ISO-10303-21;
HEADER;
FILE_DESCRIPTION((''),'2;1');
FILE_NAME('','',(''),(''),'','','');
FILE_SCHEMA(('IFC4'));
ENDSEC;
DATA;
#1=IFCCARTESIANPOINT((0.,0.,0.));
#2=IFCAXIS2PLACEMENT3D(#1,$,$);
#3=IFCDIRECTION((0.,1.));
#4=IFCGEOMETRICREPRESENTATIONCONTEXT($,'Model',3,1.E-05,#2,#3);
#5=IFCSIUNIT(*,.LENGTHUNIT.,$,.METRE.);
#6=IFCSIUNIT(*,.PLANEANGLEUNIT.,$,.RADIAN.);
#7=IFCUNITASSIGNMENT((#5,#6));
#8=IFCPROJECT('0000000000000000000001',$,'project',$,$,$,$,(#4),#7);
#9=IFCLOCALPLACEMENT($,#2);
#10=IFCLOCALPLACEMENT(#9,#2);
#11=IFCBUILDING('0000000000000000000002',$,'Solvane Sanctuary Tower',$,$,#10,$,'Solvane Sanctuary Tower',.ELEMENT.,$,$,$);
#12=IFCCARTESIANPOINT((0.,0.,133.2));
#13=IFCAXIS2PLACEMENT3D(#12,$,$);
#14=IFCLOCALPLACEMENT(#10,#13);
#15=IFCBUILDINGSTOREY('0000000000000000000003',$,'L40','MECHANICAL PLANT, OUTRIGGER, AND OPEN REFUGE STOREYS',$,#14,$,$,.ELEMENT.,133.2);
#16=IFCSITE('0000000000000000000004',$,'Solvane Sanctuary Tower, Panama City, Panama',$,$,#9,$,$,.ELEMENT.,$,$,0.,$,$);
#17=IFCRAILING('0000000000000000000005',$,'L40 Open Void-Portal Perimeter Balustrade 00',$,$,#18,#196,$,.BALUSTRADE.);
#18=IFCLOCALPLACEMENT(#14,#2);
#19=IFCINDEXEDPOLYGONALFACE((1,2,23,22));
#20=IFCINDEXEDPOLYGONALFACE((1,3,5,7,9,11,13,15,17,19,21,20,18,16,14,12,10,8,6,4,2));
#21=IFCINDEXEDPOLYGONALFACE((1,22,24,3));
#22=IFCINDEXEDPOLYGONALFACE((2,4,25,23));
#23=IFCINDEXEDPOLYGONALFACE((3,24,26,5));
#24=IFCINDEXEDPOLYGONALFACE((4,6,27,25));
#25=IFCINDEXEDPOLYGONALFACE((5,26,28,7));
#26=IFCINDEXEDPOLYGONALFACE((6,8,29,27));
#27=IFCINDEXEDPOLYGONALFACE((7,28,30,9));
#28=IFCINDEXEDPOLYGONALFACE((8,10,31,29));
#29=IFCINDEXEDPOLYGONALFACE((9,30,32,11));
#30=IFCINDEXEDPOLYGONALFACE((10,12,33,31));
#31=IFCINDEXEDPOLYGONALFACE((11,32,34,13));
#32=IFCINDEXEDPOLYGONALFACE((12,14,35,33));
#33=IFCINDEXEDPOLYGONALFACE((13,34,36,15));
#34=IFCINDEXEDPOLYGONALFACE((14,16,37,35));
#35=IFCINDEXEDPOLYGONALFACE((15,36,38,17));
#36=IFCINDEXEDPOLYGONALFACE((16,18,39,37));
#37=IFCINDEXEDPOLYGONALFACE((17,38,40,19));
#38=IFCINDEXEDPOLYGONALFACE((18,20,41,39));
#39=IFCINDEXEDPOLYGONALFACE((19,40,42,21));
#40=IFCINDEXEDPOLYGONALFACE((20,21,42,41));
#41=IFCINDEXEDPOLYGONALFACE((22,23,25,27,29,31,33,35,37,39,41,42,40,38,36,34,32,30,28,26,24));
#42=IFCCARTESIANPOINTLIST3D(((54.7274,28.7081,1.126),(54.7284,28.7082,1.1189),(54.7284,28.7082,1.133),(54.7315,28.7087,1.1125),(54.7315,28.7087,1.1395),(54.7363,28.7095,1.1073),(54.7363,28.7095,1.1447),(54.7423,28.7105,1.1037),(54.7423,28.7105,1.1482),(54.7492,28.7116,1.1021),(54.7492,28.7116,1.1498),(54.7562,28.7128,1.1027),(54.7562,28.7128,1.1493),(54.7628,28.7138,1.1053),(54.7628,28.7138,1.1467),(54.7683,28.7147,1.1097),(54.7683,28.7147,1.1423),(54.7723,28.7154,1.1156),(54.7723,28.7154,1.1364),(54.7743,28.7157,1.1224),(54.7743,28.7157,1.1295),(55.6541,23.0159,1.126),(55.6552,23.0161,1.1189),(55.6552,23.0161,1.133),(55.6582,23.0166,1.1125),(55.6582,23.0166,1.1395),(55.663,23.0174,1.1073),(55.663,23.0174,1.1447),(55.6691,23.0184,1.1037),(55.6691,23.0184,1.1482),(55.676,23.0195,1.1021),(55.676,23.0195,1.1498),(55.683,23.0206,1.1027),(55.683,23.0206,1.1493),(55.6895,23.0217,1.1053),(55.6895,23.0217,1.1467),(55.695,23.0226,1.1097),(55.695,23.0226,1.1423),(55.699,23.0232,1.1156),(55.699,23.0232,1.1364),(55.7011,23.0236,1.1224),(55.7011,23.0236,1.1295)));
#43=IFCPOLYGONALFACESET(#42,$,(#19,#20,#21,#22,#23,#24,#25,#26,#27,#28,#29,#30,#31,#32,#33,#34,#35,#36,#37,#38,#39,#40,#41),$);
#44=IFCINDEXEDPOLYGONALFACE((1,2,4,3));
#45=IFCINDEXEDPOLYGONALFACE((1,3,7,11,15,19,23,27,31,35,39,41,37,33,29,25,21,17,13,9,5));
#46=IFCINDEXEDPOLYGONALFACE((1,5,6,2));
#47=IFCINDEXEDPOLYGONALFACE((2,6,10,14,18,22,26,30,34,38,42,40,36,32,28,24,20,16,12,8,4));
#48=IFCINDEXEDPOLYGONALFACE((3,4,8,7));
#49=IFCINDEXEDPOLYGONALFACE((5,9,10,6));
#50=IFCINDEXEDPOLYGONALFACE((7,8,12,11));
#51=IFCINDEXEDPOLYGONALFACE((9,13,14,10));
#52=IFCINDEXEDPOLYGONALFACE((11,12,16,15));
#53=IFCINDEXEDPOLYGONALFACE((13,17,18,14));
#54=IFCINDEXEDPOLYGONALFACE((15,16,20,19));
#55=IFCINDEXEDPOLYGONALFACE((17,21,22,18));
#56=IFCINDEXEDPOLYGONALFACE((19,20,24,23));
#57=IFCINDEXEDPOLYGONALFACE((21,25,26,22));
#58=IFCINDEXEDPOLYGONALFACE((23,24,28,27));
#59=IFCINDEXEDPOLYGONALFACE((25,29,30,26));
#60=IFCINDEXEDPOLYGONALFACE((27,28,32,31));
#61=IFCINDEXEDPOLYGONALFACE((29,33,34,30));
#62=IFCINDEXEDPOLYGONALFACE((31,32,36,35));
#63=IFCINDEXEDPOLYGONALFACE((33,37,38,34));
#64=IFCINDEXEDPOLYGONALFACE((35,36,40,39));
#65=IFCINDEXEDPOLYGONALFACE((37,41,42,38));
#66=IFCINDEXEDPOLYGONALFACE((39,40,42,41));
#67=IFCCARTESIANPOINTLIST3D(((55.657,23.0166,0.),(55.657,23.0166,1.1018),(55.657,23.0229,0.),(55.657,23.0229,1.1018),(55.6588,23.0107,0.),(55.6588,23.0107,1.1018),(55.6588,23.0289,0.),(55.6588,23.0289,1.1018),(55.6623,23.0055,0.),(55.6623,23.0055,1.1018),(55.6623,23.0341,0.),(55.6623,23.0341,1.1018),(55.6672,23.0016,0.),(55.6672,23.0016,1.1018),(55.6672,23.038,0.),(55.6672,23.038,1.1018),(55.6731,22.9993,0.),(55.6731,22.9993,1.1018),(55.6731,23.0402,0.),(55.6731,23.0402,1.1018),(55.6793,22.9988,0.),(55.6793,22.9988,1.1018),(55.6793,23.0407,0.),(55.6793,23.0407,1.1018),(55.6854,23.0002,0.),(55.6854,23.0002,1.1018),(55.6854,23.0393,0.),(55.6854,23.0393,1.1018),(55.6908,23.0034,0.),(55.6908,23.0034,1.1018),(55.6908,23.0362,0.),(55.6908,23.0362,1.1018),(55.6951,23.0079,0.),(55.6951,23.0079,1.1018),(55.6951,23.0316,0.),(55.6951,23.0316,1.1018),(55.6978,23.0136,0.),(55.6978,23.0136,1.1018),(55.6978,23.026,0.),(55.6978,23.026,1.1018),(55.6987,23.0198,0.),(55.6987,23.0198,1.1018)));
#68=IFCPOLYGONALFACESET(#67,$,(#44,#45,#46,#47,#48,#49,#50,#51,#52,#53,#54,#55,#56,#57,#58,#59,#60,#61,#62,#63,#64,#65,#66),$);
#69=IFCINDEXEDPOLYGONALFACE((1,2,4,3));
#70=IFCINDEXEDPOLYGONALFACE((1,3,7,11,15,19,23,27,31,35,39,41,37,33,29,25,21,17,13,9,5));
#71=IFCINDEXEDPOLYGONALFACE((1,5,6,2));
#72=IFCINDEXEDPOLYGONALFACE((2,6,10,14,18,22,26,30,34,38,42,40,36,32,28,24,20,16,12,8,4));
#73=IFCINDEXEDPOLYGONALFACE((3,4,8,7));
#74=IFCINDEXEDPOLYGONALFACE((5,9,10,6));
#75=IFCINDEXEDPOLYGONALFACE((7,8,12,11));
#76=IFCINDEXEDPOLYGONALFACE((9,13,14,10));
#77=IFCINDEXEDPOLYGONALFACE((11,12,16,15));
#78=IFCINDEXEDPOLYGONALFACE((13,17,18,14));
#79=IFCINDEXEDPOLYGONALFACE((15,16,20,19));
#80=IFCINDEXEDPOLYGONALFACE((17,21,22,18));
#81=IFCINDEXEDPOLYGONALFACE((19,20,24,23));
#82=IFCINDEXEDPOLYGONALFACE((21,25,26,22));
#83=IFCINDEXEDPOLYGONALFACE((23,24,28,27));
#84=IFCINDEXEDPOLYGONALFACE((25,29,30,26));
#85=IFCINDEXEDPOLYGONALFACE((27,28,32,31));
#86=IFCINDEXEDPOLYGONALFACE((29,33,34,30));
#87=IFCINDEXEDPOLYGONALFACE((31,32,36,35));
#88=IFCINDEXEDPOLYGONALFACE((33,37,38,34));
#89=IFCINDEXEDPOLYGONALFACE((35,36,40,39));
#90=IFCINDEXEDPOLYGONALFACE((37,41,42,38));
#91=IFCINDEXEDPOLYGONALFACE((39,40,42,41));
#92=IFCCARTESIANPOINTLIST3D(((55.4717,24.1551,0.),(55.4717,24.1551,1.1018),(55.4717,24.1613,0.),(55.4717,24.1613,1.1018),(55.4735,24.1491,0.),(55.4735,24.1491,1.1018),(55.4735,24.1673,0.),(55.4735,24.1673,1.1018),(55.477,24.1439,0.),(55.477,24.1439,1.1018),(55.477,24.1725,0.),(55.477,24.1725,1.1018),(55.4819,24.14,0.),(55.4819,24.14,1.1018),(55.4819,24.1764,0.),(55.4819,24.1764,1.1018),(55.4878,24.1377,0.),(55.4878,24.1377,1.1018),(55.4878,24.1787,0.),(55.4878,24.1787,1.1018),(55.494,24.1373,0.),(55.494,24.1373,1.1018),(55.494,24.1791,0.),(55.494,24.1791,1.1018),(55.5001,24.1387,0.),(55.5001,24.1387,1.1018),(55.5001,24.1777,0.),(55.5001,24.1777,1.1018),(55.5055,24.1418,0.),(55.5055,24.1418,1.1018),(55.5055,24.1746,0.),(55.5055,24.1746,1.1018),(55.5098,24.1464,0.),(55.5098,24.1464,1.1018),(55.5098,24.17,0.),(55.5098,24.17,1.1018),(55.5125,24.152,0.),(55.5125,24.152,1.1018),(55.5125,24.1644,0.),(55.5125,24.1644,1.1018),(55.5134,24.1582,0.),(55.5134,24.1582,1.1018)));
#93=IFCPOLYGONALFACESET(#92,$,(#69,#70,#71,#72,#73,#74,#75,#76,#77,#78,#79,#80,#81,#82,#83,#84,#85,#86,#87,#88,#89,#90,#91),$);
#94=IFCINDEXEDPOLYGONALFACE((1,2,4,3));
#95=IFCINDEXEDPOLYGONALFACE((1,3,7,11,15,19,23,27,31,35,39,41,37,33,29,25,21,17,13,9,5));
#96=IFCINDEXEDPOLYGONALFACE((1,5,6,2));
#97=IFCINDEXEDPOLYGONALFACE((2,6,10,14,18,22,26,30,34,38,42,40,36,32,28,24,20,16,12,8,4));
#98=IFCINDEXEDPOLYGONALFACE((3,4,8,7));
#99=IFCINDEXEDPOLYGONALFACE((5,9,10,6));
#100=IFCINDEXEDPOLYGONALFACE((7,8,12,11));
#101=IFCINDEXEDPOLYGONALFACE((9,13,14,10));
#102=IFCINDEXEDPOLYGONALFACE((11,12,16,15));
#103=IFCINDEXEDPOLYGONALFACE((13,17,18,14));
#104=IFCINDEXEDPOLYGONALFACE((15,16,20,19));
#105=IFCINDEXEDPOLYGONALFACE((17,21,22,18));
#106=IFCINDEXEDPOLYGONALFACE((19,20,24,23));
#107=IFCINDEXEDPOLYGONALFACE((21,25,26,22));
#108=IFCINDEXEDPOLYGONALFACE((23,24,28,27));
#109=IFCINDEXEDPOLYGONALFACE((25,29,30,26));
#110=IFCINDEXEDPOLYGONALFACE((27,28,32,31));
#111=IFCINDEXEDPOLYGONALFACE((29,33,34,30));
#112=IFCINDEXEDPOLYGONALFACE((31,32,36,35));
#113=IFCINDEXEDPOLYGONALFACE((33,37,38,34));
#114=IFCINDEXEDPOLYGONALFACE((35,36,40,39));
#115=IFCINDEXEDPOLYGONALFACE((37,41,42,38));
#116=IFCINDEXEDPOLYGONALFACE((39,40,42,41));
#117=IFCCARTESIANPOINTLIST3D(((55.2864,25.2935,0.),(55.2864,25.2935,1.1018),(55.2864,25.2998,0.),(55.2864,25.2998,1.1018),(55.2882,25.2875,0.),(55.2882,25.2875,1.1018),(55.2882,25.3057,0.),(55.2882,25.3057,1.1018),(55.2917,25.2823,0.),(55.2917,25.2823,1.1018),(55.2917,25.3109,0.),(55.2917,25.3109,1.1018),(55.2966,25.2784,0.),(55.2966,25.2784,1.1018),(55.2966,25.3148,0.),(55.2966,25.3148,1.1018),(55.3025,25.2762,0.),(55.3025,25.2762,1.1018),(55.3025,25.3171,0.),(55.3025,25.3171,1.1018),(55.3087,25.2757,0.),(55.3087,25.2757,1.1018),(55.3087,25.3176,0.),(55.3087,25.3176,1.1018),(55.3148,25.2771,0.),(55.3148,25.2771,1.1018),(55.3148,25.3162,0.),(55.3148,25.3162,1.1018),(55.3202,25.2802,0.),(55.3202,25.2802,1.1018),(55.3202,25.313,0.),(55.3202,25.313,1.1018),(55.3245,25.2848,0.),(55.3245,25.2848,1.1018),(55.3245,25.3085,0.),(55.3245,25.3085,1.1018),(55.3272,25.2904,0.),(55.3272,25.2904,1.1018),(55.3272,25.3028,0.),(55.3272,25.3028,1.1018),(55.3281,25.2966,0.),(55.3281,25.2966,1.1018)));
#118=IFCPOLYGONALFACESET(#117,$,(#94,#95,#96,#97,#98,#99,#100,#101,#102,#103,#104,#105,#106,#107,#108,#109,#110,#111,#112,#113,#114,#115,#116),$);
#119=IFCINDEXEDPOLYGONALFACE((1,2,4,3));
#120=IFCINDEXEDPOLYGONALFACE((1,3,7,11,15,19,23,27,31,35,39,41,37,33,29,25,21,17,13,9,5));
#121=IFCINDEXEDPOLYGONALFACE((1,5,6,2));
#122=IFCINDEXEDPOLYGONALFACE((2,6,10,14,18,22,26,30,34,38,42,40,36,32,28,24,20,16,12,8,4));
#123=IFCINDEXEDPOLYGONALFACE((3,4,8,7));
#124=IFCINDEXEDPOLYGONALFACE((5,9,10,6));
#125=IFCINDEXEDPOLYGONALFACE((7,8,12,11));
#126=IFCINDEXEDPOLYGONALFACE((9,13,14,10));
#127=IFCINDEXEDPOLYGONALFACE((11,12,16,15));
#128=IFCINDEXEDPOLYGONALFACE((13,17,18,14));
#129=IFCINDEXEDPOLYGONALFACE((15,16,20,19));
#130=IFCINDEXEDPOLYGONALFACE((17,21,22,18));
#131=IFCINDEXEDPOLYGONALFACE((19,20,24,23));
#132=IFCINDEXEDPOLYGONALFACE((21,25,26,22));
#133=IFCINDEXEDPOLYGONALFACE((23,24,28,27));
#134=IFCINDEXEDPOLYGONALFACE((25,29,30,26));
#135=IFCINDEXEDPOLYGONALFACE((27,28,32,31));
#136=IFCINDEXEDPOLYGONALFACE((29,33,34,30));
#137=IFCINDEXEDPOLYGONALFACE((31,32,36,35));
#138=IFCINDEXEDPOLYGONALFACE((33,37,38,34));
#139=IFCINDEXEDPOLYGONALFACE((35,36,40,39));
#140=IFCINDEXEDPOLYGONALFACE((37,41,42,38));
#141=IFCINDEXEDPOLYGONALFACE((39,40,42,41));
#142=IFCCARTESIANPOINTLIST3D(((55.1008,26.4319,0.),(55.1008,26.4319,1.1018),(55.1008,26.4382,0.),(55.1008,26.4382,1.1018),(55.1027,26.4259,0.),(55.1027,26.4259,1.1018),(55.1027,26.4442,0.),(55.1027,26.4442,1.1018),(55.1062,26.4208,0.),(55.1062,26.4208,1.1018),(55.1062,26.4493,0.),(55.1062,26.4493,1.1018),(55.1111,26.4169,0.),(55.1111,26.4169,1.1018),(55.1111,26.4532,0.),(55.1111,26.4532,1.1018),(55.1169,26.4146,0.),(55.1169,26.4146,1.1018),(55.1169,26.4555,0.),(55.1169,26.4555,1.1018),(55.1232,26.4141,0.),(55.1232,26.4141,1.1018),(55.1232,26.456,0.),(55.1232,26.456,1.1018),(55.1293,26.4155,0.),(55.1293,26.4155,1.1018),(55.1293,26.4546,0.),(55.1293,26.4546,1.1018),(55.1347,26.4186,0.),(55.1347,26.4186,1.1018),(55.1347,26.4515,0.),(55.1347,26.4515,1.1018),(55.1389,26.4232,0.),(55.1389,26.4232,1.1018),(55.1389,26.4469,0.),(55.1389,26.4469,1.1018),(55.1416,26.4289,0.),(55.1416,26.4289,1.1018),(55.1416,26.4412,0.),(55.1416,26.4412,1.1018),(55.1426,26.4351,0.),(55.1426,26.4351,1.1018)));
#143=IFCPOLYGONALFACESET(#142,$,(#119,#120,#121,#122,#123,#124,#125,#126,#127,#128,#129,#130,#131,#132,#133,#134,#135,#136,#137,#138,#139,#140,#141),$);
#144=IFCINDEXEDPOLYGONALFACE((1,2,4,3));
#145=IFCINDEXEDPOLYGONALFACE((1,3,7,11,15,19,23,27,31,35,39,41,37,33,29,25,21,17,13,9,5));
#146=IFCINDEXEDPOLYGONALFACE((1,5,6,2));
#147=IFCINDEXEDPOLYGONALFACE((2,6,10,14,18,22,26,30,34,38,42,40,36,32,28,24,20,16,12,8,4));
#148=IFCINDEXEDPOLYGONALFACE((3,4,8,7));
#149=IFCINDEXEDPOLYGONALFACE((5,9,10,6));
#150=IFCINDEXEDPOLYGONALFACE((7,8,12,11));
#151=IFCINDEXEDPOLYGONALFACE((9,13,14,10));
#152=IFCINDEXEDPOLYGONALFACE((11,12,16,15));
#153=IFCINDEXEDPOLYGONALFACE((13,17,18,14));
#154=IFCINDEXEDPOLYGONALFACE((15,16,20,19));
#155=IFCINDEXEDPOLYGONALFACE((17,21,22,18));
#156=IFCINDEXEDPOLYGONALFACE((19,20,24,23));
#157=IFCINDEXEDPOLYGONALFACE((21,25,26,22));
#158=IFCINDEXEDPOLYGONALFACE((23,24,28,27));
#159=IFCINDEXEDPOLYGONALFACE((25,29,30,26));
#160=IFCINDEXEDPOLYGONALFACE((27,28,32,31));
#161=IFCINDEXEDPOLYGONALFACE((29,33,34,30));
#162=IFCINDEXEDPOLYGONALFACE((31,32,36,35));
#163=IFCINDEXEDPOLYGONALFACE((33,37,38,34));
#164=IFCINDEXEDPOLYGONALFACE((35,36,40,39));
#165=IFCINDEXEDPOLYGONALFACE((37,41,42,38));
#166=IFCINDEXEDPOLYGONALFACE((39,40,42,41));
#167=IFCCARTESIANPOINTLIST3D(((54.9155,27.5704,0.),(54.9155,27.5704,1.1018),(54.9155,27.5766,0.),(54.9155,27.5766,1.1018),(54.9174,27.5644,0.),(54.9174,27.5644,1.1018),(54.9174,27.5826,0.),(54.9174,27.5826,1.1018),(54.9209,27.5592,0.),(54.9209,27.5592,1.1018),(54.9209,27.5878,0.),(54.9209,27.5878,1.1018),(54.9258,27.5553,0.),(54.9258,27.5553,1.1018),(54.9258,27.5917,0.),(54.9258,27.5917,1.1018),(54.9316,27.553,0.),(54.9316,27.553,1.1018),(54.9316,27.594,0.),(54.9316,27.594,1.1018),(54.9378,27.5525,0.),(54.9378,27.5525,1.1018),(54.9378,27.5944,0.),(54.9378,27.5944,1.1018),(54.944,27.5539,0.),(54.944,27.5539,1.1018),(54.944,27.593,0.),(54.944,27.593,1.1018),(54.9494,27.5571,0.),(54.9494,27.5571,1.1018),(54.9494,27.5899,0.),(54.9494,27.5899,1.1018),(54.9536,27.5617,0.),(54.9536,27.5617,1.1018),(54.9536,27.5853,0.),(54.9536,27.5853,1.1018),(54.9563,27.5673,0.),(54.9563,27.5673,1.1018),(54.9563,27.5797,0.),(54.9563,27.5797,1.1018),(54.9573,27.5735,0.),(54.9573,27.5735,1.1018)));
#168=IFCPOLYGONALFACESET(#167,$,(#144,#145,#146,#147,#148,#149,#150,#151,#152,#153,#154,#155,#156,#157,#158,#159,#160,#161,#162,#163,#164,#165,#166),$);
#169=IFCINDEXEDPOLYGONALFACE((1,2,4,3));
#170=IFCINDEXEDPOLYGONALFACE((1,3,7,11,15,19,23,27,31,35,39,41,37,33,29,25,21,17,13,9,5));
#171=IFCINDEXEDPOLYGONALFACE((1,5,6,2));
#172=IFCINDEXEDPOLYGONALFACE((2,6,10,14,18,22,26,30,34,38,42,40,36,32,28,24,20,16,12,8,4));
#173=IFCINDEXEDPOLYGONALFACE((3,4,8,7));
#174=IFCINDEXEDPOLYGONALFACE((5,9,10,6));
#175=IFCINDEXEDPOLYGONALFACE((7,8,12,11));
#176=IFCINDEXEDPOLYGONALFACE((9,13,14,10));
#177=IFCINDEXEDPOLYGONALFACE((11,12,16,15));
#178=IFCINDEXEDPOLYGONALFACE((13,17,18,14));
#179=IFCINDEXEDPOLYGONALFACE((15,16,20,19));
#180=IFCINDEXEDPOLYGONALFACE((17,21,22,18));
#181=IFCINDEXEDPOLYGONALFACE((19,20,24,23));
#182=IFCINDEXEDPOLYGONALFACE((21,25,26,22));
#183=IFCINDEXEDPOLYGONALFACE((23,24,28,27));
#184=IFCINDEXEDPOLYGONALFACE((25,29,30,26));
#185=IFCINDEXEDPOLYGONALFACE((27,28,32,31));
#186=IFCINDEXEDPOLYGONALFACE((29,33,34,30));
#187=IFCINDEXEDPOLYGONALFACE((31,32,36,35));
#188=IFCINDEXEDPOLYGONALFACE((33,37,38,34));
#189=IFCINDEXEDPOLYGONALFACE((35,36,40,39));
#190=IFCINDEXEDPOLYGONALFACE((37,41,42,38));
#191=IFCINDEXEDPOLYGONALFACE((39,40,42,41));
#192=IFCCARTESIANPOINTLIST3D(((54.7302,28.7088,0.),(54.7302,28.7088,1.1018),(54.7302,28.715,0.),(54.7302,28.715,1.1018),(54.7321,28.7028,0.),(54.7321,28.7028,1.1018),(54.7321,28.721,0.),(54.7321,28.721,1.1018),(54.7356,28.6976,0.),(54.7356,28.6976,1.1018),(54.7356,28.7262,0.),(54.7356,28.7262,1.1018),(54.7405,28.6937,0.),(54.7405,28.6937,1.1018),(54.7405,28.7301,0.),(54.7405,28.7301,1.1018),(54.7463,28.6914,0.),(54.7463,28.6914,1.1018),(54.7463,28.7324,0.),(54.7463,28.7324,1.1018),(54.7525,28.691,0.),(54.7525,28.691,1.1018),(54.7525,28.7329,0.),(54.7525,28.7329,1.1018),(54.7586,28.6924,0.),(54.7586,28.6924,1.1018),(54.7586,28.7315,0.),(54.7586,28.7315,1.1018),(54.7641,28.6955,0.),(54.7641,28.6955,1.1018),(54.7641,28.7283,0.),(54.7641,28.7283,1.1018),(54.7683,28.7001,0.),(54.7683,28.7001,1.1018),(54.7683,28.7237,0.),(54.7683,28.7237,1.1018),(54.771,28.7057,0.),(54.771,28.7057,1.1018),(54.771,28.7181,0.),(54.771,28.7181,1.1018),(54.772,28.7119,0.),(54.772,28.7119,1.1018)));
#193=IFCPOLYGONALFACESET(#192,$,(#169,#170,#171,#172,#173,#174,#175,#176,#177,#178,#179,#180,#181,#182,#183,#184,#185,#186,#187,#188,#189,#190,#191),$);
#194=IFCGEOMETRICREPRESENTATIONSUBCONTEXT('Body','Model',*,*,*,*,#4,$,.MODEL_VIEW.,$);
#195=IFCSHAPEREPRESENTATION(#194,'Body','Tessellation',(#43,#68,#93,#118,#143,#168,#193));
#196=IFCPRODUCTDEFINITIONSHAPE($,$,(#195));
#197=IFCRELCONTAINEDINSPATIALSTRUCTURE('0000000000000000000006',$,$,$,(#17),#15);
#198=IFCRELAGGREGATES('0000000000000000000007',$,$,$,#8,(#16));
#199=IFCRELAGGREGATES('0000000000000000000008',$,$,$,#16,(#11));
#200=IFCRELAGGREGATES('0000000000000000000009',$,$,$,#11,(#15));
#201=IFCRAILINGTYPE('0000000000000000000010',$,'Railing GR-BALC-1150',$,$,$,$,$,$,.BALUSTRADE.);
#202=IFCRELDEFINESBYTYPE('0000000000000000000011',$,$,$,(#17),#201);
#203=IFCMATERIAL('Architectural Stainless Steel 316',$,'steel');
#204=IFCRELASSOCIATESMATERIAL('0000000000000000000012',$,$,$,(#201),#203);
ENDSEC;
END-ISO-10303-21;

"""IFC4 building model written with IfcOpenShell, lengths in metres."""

from ifc_helpers import new_model, si_unit, direction, frame, origin, origin_2d, place, context, subcontext, project, spatial, circle, extrude, material, type_object, element, save


model = new_model("IFC4")

# Units and contexts
model_context = context("Model", 3, precision=1e-05, world=origin(), true_north=direction((0.0, 1.0)))
body_context = subcontext(model_context, "Body", "Model", "MODEL_VIEW")
ifc_project = project(units=[si_unit("LENGTHUNIT", "METRE"), si_unit("PLANEANGLEUNIT", "RADIAN")], contexts=[model_context])

# Site, building, storey
site_placement = place(None, origin())
site = spatial("IfcSite", under=ifc_project, at=site_placement, Name="Solvane Sanctuary Tower, Panama City, Panama", CompositionType="ELEMENT", RefElevation=0.0)
building_placement = place(site_placement, origin())
building = spatial("IfcBuilding", under=site, at=building_placement, Name="Solvane Sanctuary Tower", LongName="Solvane Sanctuary Tower", CompositionType="ELEMENT")
storey_placement = place(building_placement, frame((0.0, 0.0, 133.2)))
storey = spatial("IfcBuildingStorey", under=building, at=storey_placement, Name="L40", Description="MECHANICAL PLANT, OUTRIGGER, AND OPEN REFUGE STOREYS", CompositionType="ELEMENT", Elevation=133.2)

# Shared definitions
ifc_material_1 = material(Name="Architectural Stainless Steel 316", Category="steel")

# Railing
railing_type_1 = type_object("IfcRailingType", Name="Railing GR-BALC-1150", PredefinedType="BALUSTRADE", material=ifc_material_1)
railing_1_placement = place(storey_placement, frame((55.6777, 23.0198, 0.0)))
element("IfcRailing", 1, at=railing_1_placement, inside=storey, type_object=railing_type_1, Name="L40 Open Void-Portal Perimeter Balustrade 00", PredefinedType="BALUSTRADE", context=body_context, shape_type="SweptSolid", body=[
    extrude(circle(Radius=0.0239, at=origin_2d()), frame((0.0, 0.0, 1.126), z_axis=(-0.160698, 0.987004, 0.0), x_axis=(-0.987004, -0.160698, 0.0)), (0.0, 0.0, 1.0), 5.7671),
    extrude(circle(Radius=0.021, at=origin_2d()), origin(), (0.0, 0.0, 1.0), 1.1018),
    extrude(circle(Radius=0.021, at=origin_2d()), frame((-0.1853, 1.1384, 0.0)), (0.0, 0.0, 1.0), 1.1018),
    extrude(circle(Radius=0.021, at=origin_2d()), frame((-0.3706, 2.2769, 0.0)), (0.0, 0.0, 1.0), 1.1018),
    extrude(circle(Radius=0.021, at=origin_2d()), frame((-0.5562, 3.4153, 0.0)), (0.0, 0.0, 1.0), 1.1018),
    extrude(circle(Radius=0.021, at=origin_2d()), frame((-0.7415, 4.5537, 0.0)), (0.0, 0.0, 1.0), 1.1018),
    extrude(circle(Radius=0.021, at=origin_2d()), frame((-0.9268, 5.6921, 0.0)), (0.0, 0.0, 1.0), 1.1018),
])

save(model, "model.ifc")
